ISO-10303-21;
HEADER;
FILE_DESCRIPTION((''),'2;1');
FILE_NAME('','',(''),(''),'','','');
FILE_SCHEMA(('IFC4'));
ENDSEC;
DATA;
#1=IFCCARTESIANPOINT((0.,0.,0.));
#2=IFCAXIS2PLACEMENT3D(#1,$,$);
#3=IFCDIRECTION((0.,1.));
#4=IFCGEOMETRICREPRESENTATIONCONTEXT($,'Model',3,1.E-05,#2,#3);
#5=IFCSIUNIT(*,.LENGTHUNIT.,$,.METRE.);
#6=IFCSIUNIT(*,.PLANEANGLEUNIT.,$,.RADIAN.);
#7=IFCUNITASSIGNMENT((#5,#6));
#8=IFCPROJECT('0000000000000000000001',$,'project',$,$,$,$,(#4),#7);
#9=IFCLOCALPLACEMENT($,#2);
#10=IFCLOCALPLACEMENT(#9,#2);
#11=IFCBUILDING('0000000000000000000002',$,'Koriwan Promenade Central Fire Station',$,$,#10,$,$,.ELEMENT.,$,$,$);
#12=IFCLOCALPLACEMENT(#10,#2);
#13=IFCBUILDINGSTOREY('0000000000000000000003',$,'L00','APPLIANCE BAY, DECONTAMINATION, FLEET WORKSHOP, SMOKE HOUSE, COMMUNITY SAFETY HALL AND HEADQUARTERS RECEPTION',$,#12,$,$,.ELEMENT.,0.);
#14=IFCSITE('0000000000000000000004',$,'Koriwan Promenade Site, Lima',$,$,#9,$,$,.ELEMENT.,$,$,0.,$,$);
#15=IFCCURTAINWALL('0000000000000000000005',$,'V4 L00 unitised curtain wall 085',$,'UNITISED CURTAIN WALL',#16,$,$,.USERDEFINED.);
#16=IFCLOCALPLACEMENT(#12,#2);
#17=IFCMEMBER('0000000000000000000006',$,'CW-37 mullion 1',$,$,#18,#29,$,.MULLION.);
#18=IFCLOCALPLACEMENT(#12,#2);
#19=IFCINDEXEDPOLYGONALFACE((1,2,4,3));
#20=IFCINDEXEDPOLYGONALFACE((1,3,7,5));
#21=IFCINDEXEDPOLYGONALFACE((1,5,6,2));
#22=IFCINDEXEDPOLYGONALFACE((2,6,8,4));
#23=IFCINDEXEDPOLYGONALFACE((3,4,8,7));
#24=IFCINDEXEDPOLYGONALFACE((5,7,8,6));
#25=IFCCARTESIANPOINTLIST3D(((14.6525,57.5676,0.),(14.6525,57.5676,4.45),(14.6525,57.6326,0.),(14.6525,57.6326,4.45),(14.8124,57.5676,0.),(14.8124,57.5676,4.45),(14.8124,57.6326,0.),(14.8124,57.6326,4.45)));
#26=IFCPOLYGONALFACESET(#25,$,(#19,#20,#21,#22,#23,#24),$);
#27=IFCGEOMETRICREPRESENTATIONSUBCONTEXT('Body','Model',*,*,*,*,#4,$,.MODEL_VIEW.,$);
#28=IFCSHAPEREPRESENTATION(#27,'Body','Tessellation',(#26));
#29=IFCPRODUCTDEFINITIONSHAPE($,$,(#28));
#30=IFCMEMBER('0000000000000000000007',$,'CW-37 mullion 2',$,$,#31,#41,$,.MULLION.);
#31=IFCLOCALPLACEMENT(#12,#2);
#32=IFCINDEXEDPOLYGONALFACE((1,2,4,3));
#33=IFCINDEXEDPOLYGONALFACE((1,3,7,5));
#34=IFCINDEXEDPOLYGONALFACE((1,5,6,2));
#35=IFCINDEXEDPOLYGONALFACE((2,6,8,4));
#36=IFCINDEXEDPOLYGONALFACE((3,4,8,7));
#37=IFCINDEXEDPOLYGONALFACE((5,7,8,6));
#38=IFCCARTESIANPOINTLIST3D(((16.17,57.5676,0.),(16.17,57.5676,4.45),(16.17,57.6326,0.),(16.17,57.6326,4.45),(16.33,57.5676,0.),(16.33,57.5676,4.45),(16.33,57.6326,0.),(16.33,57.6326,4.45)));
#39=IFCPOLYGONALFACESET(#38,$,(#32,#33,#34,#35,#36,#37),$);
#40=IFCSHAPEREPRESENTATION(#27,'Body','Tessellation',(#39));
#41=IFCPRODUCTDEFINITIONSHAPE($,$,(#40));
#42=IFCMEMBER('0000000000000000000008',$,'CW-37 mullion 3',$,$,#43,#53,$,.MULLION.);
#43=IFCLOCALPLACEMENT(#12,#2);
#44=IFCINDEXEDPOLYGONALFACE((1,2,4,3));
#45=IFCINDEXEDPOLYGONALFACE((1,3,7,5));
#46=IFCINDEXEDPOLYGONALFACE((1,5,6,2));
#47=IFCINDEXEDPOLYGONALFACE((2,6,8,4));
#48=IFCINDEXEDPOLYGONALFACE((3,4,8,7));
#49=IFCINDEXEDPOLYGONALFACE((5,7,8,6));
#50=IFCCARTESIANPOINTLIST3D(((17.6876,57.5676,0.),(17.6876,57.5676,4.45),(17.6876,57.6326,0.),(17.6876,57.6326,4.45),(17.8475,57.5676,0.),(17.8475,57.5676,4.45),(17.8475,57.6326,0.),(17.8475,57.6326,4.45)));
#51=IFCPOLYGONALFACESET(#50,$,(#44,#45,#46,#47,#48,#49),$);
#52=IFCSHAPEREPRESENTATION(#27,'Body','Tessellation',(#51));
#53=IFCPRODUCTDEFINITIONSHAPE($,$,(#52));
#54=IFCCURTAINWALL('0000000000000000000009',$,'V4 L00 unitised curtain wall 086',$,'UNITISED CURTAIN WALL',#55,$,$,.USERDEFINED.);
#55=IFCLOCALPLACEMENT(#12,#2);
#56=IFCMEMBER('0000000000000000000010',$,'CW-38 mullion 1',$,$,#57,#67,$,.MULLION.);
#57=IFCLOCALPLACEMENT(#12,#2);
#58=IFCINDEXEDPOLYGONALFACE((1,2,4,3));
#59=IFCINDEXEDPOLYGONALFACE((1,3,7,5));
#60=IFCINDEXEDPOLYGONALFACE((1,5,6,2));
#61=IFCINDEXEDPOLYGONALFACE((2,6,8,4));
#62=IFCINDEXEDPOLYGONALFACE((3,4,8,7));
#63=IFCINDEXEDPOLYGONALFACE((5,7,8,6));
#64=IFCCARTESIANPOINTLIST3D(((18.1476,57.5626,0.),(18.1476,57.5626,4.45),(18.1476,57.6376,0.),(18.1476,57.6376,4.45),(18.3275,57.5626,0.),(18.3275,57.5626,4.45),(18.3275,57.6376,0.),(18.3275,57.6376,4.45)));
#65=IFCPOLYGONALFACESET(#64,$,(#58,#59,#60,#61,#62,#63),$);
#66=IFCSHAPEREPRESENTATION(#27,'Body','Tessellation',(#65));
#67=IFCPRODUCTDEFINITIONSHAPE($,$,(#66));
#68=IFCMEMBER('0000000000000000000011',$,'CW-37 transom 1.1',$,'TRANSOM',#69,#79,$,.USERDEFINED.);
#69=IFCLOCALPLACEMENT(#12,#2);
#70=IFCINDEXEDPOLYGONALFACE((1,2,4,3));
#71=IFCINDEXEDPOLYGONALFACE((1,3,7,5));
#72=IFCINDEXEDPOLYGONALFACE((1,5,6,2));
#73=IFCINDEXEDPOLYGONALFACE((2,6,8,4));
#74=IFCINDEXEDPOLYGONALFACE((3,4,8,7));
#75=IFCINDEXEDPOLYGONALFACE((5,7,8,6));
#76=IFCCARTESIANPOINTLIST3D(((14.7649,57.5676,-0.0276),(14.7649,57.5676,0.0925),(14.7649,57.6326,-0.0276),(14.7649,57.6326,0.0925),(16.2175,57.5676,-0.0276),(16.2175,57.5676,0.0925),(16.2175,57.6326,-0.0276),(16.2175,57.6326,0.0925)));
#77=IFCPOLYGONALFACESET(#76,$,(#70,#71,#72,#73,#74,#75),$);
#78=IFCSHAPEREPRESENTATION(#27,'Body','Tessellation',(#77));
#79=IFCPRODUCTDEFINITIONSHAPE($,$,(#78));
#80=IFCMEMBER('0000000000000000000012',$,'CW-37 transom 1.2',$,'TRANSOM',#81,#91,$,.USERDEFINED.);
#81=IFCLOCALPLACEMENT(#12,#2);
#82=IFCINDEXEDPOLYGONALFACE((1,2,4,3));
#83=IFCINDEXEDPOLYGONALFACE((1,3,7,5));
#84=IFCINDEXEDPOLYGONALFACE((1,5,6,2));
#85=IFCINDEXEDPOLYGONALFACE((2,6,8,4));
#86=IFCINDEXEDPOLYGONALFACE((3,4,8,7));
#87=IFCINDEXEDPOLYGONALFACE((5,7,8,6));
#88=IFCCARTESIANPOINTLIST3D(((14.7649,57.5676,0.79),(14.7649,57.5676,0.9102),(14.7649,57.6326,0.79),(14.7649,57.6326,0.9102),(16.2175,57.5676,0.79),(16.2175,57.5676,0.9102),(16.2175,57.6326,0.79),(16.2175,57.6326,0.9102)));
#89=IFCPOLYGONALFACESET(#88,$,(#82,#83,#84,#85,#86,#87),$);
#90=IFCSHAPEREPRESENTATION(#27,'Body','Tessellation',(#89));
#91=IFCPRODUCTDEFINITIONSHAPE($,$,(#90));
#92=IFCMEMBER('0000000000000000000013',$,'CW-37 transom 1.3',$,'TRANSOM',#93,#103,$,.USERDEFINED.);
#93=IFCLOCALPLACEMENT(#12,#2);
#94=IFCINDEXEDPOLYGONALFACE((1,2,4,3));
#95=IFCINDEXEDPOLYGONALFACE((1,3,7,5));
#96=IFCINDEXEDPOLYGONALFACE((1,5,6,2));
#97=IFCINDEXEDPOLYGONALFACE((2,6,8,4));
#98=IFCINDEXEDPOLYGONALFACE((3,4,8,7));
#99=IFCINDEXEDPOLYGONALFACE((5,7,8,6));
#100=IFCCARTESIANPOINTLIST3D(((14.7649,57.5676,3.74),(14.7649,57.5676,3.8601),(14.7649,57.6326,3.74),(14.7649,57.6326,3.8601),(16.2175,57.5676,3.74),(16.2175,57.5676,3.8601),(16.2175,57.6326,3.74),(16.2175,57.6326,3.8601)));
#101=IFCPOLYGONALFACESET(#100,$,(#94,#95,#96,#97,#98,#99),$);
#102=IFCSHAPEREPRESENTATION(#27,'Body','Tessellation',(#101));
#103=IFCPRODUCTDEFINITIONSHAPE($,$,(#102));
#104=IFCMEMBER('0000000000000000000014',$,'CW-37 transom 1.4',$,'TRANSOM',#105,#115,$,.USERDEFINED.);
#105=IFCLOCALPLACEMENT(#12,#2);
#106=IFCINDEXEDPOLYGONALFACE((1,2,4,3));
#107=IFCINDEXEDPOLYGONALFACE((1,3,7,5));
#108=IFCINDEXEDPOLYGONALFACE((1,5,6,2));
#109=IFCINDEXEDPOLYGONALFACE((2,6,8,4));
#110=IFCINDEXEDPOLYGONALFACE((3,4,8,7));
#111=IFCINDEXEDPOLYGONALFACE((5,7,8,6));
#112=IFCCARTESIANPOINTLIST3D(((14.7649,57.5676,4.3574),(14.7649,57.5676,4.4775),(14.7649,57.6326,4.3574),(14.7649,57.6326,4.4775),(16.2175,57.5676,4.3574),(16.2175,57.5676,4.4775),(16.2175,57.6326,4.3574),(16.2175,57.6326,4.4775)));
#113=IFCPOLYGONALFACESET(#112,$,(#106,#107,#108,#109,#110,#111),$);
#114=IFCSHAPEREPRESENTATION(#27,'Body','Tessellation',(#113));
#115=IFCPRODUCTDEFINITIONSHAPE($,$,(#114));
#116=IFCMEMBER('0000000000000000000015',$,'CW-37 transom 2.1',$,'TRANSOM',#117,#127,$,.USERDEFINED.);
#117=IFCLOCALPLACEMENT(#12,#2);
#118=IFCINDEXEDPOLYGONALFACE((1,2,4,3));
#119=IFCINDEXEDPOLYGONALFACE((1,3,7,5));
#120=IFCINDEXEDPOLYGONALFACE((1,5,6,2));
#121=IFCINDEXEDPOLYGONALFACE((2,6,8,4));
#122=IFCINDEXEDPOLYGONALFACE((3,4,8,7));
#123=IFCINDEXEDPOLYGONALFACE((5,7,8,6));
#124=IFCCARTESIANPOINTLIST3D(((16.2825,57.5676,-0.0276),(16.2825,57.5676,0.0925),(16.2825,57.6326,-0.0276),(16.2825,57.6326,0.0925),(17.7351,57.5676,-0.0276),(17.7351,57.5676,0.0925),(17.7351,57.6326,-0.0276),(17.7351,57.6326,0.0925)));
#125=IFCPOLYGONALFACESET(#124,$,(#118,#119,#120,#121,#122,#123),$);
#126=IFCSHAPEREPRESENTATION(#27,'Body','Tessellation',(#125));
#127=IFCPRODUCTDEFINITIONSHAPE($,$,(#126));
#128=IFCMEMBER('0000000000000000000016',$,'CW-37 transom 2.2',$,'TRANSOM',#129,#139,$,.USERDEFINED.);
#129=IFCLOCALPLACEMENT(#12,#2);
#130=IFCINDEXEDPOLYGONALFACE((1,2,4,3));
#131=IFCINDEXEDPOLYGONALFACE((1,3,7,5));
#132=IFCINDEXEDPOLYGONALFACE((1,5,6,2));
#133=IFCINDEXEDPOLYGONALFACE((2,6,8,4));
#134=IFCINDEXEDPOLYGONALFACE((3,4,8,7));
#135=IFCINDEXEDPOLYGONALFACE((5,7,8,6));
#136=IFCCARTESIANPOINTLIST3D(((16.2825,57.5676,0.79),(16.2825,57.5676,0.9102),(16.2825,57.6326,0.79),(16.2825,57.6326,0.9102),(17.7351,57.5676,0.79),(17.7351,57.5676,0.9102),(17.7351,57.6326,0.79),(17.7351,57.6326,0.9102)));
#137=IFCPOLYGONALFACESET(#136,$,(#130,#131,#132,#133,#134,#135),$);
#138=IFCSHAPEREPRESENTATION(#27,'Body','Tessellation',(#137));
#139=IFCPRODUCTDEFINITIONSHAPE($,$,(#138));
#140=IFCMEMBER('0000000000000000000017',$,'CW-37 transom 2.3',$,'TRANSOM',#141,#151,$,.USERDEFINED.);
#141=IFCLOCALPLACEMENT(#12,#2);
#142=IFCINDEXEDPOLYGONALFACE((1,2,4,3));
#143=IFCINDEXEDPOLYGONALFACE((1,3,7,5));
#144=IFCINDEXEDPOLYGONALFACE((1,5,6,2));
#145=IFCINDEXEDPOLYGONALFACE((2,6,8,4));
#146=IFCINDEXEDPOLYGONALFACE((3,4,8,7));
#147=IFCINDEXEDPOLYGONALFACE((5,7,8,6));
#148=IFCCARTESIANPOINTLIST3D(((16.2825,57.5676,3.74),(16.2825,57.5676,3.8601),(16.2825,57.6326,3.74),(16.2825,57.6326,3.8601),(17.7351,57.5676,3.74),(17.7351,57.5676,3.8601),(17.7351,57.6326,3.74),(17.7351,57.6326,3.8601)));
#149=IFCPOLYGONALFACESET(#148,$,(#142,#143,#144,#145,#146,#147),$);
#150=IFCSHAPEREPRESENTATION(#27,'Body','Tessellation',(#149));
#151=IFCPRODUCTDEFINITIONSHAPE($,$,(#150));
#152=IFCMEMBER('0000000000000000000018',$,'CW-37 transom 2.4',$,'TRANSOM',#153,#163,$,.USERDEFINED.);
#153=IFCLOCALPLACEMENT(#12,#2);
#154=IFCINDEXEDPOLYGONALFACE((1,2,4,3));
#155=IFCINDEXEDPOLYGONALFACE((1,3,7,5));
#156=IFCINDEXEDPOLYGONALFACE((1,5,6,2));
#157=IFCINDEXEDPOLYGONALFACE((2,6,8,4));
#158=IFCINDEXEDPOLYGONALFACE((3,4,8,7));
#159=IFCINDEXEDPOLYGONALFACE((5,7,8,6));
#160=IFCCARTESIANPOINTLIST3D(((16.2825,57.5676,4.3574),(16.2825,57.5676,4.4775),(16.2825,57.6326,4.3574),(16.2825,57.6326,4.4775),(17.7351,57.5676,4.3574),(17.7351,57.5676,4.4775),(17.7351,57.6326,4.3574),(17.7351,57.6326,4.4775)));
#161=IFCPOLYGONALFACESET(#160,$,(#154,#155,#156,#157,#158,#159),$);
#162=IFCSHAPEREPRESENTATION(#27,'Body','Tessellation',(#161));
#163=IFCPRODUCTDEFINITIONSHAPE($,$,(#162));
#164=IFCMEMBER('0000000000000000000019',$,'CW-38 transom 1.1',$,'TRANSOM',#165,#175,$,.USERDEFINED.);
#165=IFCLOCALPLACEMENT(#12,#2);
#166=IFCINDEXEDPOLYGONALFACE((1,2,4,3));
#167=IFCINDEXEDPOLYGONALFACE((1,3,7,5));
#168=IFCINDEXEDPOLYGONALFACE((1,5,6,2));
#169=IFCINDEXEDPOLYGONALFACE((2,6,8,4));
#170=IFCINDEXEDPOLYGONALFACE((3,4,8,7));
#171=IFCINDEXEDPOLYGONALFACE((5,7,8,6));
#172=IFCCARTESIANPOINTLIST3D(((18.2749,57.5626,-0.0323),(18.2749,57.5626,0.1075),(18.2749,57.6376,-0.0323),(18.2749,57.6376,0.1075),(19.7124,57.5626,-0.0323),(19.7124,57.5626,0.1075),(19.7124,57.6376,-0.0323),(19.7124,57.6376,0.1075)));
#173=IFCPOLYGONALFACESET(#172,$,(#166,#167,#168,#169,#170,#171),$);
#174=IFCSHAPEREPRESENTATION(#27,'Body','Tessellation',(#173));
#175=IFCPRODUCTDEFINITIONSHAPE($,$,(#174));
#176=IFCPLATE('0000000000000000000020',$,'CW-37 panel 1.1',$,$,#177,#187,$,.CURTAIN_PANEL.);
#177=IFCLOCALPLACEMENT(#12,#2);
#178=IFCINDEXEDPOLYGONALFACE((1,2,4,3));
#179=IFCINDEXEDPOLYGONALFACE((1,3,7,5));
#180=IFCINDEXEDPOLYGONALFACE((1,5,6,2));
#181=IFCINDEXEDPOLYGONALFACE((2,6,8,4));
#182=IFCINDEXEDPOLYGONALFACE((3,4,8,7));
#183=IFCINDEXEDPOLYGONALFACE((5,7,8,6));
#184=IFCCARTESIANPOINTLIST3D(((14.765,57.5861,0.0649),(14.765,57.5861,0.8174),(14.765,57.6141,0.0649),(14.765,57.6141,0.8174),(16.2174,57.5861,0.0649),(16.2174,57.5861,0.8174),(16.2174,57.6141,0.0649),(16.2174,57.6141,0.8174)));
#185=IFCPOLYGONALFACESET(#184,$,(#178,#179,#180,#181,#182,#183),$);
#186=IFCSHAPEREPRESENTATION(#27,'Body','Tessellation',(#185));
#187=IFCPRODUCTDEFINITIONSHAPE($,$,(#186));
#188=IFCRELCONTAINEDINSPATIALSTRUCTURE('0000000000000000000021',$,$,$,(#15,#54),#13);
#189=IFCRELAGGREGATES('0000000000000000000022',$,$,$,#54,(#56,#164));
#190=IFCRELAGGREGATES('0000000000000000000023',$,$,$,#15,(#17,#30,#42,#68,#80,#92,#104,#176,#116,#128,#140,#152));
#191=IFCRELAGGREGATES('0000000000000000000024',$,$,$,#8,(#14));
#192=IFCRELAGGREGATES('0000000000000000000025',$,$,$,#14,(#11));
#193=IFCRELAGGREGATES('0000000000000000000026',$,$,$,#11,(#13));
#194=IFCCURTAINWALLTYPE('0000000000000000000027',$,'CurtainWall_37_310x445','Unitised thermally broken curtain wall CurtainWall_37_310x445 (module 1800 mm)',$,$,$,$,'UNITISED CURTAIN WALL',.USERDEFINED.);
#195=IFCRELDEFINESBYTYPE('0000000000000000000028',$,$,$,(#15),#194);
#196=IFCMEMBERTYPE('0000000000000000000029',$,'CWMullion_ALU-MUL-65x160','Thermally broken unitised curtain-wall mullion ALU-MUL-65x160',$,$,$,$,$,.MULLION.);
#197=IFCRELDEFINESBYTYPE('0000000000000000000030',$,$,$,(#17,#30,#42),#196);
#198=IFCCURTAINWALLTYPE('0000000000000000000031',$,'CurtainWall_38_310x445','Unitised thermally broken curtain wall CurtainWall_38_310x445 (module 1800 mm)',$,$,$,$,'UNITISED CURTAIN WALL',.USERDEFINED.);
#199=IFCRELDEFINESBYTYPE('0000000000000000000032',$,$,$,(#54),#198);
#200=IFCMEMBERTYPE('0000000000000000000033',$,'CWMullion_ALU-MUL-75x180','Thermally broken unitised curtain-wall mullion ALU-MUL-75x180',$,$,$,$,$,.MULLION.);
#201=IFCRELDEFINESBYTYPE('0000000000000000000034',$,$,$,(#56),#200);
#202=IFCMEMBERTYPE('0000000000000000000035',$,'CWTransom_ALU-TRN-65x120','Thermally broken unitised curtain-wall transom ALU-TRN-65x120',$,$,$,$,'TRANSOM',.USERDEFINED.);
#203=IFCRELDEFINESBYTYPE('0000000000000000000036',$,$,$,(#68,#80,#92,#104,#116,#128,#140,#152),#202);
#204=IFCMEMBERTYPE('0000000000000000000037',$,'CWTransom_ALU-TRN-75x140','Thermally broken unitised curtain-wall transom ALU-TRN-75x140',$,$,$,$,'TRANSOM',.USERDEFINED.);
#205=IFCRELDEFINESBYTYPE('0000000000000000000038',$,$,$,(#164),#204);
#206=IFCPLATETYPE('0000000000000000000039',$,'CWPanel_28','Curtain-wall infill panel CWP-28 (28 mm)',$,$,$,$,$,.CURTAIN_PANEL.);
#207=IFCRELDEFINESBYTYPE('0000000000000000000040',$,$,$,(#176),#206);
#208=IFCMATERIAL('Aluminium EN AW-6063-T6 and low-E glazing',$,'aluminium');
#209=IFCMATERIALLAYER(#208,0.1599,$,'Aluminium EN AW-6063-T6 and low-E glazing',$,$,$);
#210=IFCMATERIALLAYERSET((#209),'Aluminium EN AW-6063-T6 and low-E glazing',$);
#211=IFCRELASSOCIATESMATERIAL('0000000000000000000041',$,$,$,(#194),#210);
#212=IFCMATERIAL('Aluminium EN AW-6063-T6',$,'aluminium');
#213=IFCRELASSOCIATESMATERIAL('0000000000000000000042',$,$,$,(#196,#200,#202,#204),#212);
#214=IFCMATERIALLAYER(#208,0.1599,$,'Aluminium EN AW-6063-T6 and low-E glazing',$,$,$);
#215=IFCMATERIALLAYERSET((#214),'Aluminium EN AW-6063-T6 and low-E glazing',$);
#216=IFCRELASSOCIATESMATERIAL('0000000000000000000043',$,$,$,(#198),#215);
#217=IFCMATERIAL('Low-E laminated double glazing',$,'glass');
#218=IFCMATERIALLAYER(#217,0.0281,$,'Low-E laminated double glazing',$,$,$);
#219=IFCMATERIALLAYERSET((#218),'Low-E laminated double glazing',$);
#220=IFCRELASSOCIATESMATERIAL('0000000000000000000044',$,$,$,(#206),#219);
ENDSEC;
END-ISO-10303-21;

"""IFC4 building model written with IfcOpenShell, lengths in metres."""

from ifc_helpers import new_model, si_unit, direction, frame, origin, origin_2d, place, context, subcontext, project, spatial, rectangle, extrude, material, layer, layer_set, material_profile, profile_set, type_object, element, aggregate, save


model = new_model("IFC4")

# Units and contexts
model_context = context("Model", 3, precision=1e-05, world=origin(), true_north=direction((0.0, 1.0)))
body_context = subcontext(model_context, "Body", "Model", "MODEL_VIEW")
ifc_project = project(units=[si_unit("LENGTHUNIT", "METRE"), si_unit("PLANEANGLEUNIT", "RADIAN")], contexts=[model_context])

# Site, building, storey
site_placement = place(None, origin())
site = spatial("IfcSite", under=ifc_project, at=site_placement, Name="Koriwan Promenade Site, Lima", CompositionType="ELEMENT", RefElevation=0.0)
building_placement = place(site_placement, origin())
building = spatial("IfcBuilding", under=site, at=building_placement, Name="Koriwan Promenade Central Fire Station", CompositionType="ELEMENT")
storey_placement = place(building_placement, origin())
storey = spatial("IfcBuildingStorey", under=building, at=storey_placement, Name="L00", Description="APPLIANCE BAY, DECONTAMINATION, FLEET WORKSHOP, SMOKE HOUSE, COMMUNITY SAFETY HALL AND HEADQUARTERS RECEPTION", CompositionType="ELEMENT", Elevation=0.0)

# Curtain wall, members
ifc_material_1 = material(Name="Aluminium EN AW-6063-T6 and low-E glazing", Category="aluminium")
ifc_layer_1 = layer(ifc_material_1, 0.1599, Name="Aluminium EN AW-6063-T6 and low-E glazing")
ifc_layer_set_1 = layer_set([ifc_layer_1], Name="Aluminium EN AW-6063-T6 and low-E glazing")
curtain_wall_type_1 = type_object("IfcCurtainWallType", Name="CurtainWall_37_310x445", Description="Unitised thermally broken curtain wall CurtainWall_37_310x445 (module 1800 mm)", ElementType="UNITISED CURTAIN WALL", PredefinedType="USERDEFINED", material=ifc_layer_set_1)
curtain_wall_1_placement = place(storey_placement, origin())
curtain_wall_1 = element("IfcCurtainWall", 1, at=curtain_wall_1_placement, inside=storey, type_object=curtain_wall_type_1, Name="V4 L00 unitised curtain wall 085", ObjectType="UNITISED CURTAIN WALL", PredefinedType="USERDEFINED")
ifc_material_2 = material(Name="Aluminium EN AW-6063-T6", Category="aluminium")
ifc_material_profile_1 = material_profile(ifc_material_2, rectangle(XDim=0.0649, YDim=0.1599, at=origin_2d()), Name="ALU-MUL-65x160")
ifc_profile_set_1 = profile_set([ifc_material_profile_1], Name="Aluminium EN AW-6063-T6")
member_type_1 = type_object("IfcMemberType", Name="CWMullion_ALU-MUL-65x160", Description="Thermally broken unitised curtain-wall mullion ALU-MUL-65x160", PredefinedType="MULLION", material=ifc_profile_set_1)
member_1_placement = place(storey_placement, frame((14.7324, 57.6001, 0.0), z_axis=(0.0, 0.0, 1.0), x_axis=(0.0, 1.0, 0.0)))
member_1 = element("IfcMember", 2, at=member_1_placement, type_object=member_type_1, Name="CW-37 mullion 1", PredefinedType="MULLION", context=body_context, shape_type="SweptSolid", body=[
    extrude(rectangle(XDim=0.0649, YDim=0.1599, at=origin_2d()), origin(), (0.0, 0.0, 1.0), 4.45),
])
member_2_placement = place(storey_placement, frame((16.25, 57.6001, 0.0), z_axis=(0.0, 0.0, 1.0), x_axis=(0.0, 1.0, 0.0)))
member_2 = element("IfcMember", 3, at=member_2_placement, type_object=member_type_1, Name="CW-37 mullion 2", PredefinedType="MULLION", context=body_context, shape_type="SweptSolid", body=[
    extrude(rectangle(XDim=0.0649, YDim=0.1599, at=origin_2d()), origin(), (0.0, 0.0, 1.0), 4.45),
])
member_3_placement = place(storey_placement, frame((17.7676, 57.6001, 0.0), z_axis=(0.0, 0.0, 1.0), x_axis=(0.0, 1.0, 0.0)))
member_3 = element("IfcMember", 4, at=member_3_placement, type_object=member_type_1, Name="CW-37 mullion 3", PredefinedType="MULLION", context=body_context, shape_type="SweptSolid", body=[
    extrude(rectangle(XDim=0.0649, YDim=0.1599, at=origin_2d()), origin(), (0.0, 0.0, 1.0), 4.45),
])

# Curtain wall, member
ifc_layer_2 = layer(ifc_material_1, 0.1599, Name="Aluminium EN AW-6063-T6 and low-E glazing")
ifc_layer_set_2 = layer_set([ifc_layer_2], Name="Aluminium EN AW-6063-T6 and low-E glazing")
curtain_wall_type_2 = type_object("IfcCurtainWallType", Name="CurtainWall_38_310x445", Description="Unitised thermally broken curtain wall CurtainWall_38_310x445 (module 1800 mm)", ElementType="UNITISED CURTAIN WALL", PredefinedType="USERDEFINED", material=ifc_layer_set_2)
curtain_wall_2_placement = place(storey_placement, origin())
curtain_wall_2 = element("IfcCurtainWall", 5, at=curtain_wall_2_placement, inside=storey, type_object=curtain_wall_type_2, Name="V4 L00 unitised curtain wall 086", ObjectType="UNITISED CURTAIN WALL", PredefinedType="USERDEFINED")
ifc_material_profile_2 = material_profile(ifc_material_2, rectangle(XDim=0.075, YDim=0.1799, at=origin_2d()), Name="ALU-MUL-75x180")
ifc_profile_set_2 = profile_set([ifc_material_profile_2], Name="Aluminium EN AW-6063-T6")
member_type_2 = type_object("IfcMemberType", Name="CWMullion_ALU-MUL-75x180", Description="Thermally broken unitised curtain-wall mullion ALU-MUL-75x180", PredefinedType="MULLION", material=ifc_profile_set_2)
member_4_placement = place(storey_placement, frame((18.2375, 57.6001, 0.0), z_axis=(0.0, 0.0, 1.0), x_axis=(0.0, 1.0, 0.0)))
member_4 = element("IfcMember", 6, at=member_4_placement, type_object=member_type_2, Name="CW-38 mullion 1", PredefinedType="MULLION", context=body_context, shape_type="SweptSolid", body=[
    extrude(rectangle(XDim=0.075, YDim=0.1799, at=origin_2d()), origin(), (0.0, 0.0, 1.0), 4.45),
])

# Members
ifc_material_profile_3 = material_profile(ifc_material_2, rectangle(XDim=0.0649, YDim=0.1201, at=origin_2d()), Name="ALU-TRN-65x120")
ifc_profile_set_3 = profile_set([ifc_material_profile_3], Name="Aluminium EN AW-6063-T6")
member_type_3 = type_object("IfcMemberType", Name="CWTransom_ALU-TRN-65x120", Description="Thermally broken unitised curtain-wall transom ALU-TRN-65x120", ElementType="TRANSOM", PredefinedType="USERDEFINED", material=ifc_profile_set_3)
member_5_placement = place(storey_placement, frame((14.7649, 57.6001, 0.0325), z_axis=(1.0, 0.0, 0.0), x_axis=(0.0, 1.0, 0.0)))
member_5 = element("IfcMember", 7, at=member_5_placement, type_object=member_type_3, Name="CW-37 transom 1.1", ObjectType="TRANSOM", PredefinedType="USERDEFINED", context=body_context, shape_type="SweptSolid", body=[
    extrude(rectangle(XDim=0.0649, YDim=0.1201, at=origin_2d()), origin(), (0.0, 0.0, 1.0), 1.4526),
])
member_6_placement = place(storey_placement, frame((14.7649, 57.6001, 0.8501), z_axis=(1.0, 0.0, 0.0), x_axis=(0.0, 1.0, 0.0)))
member_6 = element("IfcMember", 8, at=member_6_placement, type_object=member_type_3, Name="CW-37 transom 1.2", ObjectType="TRANSOM", PredefinedType="USERDEFINED", context=body_context, shape_type="SweptSolid", body=[
    extrude(rectangle(XDim=0.0649, YDim=0.1201, at=origin_2d()), origin(), (0.0, 0.0, 1.0), 1.4526),
])
member_7_placement = place(storey_placement, frame((14.7649, 57.6001, 3.8), z_axis=(1.0, 0.0, 0.0), x_axis=(0.0, 1.0, 0.0)))
member_7 = element("IfcMember", 9, at=member_7_placement, type_object=member_type_3, Name="CW-37 transom 1.3", ObjectType="TRANSOM", PredefinedType="USERDEFINED", context=body_context, shape_type="SweptSolid", body=[
    extrude(rectangle(XDim=0.0649, YDim=0.1201, at=origin_2d()), origin(), (0.0, 0.0, 1.0), 1.4526),
])
member_8_placement = place(storey_placement, frame((14.7649, 57.6001, 4.4175), z_axis=(1.0, 0.0, 0.0), x_axis=(0.0, 1.0, 0.0)))
member_8 = element("IfcMember", 10, at=member_8_placement, type_object=member_type_3, Name="CW-37 transom 1.4", ObjectType="TRANSOM", PredefinedType="USERDEFINED", context=body_context, shape_type="SweptSolid", body=[
    extrude(rectangle(XDim=0.0649, YDim=0.1201, at=origin_2d()), origin(), (0.0, 0.0, 1.0), 1.4526),
])
member_9_placement = place(storey_placement, frame((16.2825, 57.6001, 0.0325), z_axis=(1.0, 0.0, 0.0), x_axis=(0.0, 1.0, 0.0)))
member_9 = element("IfcMember", 11, at=member_9_placement, type_object=member_type_3, Name="CW-37 transom 2.1", ObjectType="TRANSOM", PredefinedType="USERDEFINED", context=body_context, shape_type="SweptSolid", body=[
    extrude(rectangle(XDim=0.0649, YDim=0.1201, at=origin_2d()), origin(), (0.0, 0.0, 1.0), 1.4526),
])
member_10_placement = place(storey_placement, frame((16.2825, 57.6001, 0.8501), z_axis=(1.0, 0.0, 0.0), x_axis=(0.0, 1.0, 0.0)))
member_10 = element("IfcMember", 12, at=member_10_placement, type_object=member_type_3, Name="CW-37 transom 2.2", ObjectType="TRANSOM", PredefinedType="USERDEFINED", context=body_context, shape_type="SweptSolid", body=[
    extrude(rectangle(XDim=0.0649, YDim=0.1201, at=origin_2d()), origin(), (0.0, 0.0, 1.0), 1.4526),
])
member_11_placement = place(storey_placement, frame((16.2825, 57.6001, 3.8), z_axis=(1.0, 0.0, 0.0), x_axis=(0.0, 1.0, 0.0)))
member_11 = element("IfcMember", 13, at=member_11_placement, type_object=member_type_3, Name="CW-37 transom 2.3", ObjectType="TRANSOM", PredefinedType="USERDEFINED", context=body_context, shape_type="SweptSolid", body=[
    extrude(rectangle(XDim=0.0649, YDim=0.1201, at=origin_2d()), origin(), (0.0, 0.0, 1.0), 1.4526),
])
member_12_placement = place(storey_placement, frame((16.2825, 57.6001, 4.4175), z_axis=(1.0, 0.0, 0.0), x_axis=(0.0, 1.0, 0.0)))
member_12 = element("IfcMember", 14, at=member_12_placement, type_object=member_type_3, Name="CW-37 transom 2.4", ObjectType="TRANSOM", PredefinedType="USERDEFINED", context=body_context, shape_type="SweptSolid", body=[
    extrude(rectangle(XDim=0.0649, YDim=0.1201, at=origin_2d()), origin(), (0.0, 0.0, 1.0), 1.4526),
])
ifc_material_profile_4 = material_profile(ifc_material_2, rectangle(XDim=0.075, YDim=0.1399, at=origin_2d()), Name="ALU-TRN-75x140")
ifc_profile_set_4 = profile_set([ifc_material_profile_4], Name="Aluminium EN AW-6063-T6")
member_type_4 = type_object("IfcMemberType", Name="CWTransom_ALU-TRN-75x140", Description="Thermally broken unitised curtain-wall transom ALU-TRN-75x140", ElementType="TRANSOM", PredefinedType="USERDEFINED", material=ifc_profile_set_4)
member_13_placement = place(storey_placement, frame((18.2749, 57.6001, 0.0376), z_axis=(1.0, 0.0, 0.0), x_axis=(0.0, 1.0, 0.0)))
member_13 = element("IfcMember", 15, at=member_13_placement, type_object=member_type_4, Name="CW-38 transom 1.1", ObjectType="TRANSOM", PredefinedType="USERDEFINED", context=body_context, shape_type="SweptSolid", body=[
    extrude(rectangle(XDim=0.075, YDim=0.1399, at=origin_2d()), origin(), (0.0, 0.0, 1.0), 1.4375),
])
aggregate(curtain_wall_2, [member_4, member_13])

# Plate
ifc_material_3 = material(Name="Low-E laminated double glazing", Category="glass")
ifc_layer_3 = layer(ifc_material_3, 0.0281, Name="Low-E laminated double glazing")
ifc_layer_set_3 = layer_set([ifc_layer_3], Name="Low-E laminated double glazing")
plate_type = type_object("IfcPlateType", Name="CWPanel_28", Description="Curtain-wall infill panel CWP-28 (28 mm)", PredefinedType="CURTAIN_PANEL", material=ifc_layer_set_3)
plate_1_placement = place(storey_placement, frame((15.4912, 57.6001, 0.0649), z_axis=(0.0, 0.0, 1.0), x_axis=(1.0, 0.0, 0.0)))
plate_1 = element("IfcPlate", 16, at=plate_1_placement, type_object=plate_type, Name="CW-37 panel 1.1", PredefinedType="CURTAIN_PANEL", context=body_context, shape_type="SweptSolid", body=[
    extrude(rectangle(XDim=1.4524, YDim=0.0281, at=origin_2d()), origin(), (0.0, 0.0, 1.0), 0.7524),
])
aggregate(curtain_wall_1, [member_1, member_2, member_3, member_5, member_6, member_7, member_8, plate_1, member_9, member_10, member_11, member_12])

save(model, "model.ifc")
